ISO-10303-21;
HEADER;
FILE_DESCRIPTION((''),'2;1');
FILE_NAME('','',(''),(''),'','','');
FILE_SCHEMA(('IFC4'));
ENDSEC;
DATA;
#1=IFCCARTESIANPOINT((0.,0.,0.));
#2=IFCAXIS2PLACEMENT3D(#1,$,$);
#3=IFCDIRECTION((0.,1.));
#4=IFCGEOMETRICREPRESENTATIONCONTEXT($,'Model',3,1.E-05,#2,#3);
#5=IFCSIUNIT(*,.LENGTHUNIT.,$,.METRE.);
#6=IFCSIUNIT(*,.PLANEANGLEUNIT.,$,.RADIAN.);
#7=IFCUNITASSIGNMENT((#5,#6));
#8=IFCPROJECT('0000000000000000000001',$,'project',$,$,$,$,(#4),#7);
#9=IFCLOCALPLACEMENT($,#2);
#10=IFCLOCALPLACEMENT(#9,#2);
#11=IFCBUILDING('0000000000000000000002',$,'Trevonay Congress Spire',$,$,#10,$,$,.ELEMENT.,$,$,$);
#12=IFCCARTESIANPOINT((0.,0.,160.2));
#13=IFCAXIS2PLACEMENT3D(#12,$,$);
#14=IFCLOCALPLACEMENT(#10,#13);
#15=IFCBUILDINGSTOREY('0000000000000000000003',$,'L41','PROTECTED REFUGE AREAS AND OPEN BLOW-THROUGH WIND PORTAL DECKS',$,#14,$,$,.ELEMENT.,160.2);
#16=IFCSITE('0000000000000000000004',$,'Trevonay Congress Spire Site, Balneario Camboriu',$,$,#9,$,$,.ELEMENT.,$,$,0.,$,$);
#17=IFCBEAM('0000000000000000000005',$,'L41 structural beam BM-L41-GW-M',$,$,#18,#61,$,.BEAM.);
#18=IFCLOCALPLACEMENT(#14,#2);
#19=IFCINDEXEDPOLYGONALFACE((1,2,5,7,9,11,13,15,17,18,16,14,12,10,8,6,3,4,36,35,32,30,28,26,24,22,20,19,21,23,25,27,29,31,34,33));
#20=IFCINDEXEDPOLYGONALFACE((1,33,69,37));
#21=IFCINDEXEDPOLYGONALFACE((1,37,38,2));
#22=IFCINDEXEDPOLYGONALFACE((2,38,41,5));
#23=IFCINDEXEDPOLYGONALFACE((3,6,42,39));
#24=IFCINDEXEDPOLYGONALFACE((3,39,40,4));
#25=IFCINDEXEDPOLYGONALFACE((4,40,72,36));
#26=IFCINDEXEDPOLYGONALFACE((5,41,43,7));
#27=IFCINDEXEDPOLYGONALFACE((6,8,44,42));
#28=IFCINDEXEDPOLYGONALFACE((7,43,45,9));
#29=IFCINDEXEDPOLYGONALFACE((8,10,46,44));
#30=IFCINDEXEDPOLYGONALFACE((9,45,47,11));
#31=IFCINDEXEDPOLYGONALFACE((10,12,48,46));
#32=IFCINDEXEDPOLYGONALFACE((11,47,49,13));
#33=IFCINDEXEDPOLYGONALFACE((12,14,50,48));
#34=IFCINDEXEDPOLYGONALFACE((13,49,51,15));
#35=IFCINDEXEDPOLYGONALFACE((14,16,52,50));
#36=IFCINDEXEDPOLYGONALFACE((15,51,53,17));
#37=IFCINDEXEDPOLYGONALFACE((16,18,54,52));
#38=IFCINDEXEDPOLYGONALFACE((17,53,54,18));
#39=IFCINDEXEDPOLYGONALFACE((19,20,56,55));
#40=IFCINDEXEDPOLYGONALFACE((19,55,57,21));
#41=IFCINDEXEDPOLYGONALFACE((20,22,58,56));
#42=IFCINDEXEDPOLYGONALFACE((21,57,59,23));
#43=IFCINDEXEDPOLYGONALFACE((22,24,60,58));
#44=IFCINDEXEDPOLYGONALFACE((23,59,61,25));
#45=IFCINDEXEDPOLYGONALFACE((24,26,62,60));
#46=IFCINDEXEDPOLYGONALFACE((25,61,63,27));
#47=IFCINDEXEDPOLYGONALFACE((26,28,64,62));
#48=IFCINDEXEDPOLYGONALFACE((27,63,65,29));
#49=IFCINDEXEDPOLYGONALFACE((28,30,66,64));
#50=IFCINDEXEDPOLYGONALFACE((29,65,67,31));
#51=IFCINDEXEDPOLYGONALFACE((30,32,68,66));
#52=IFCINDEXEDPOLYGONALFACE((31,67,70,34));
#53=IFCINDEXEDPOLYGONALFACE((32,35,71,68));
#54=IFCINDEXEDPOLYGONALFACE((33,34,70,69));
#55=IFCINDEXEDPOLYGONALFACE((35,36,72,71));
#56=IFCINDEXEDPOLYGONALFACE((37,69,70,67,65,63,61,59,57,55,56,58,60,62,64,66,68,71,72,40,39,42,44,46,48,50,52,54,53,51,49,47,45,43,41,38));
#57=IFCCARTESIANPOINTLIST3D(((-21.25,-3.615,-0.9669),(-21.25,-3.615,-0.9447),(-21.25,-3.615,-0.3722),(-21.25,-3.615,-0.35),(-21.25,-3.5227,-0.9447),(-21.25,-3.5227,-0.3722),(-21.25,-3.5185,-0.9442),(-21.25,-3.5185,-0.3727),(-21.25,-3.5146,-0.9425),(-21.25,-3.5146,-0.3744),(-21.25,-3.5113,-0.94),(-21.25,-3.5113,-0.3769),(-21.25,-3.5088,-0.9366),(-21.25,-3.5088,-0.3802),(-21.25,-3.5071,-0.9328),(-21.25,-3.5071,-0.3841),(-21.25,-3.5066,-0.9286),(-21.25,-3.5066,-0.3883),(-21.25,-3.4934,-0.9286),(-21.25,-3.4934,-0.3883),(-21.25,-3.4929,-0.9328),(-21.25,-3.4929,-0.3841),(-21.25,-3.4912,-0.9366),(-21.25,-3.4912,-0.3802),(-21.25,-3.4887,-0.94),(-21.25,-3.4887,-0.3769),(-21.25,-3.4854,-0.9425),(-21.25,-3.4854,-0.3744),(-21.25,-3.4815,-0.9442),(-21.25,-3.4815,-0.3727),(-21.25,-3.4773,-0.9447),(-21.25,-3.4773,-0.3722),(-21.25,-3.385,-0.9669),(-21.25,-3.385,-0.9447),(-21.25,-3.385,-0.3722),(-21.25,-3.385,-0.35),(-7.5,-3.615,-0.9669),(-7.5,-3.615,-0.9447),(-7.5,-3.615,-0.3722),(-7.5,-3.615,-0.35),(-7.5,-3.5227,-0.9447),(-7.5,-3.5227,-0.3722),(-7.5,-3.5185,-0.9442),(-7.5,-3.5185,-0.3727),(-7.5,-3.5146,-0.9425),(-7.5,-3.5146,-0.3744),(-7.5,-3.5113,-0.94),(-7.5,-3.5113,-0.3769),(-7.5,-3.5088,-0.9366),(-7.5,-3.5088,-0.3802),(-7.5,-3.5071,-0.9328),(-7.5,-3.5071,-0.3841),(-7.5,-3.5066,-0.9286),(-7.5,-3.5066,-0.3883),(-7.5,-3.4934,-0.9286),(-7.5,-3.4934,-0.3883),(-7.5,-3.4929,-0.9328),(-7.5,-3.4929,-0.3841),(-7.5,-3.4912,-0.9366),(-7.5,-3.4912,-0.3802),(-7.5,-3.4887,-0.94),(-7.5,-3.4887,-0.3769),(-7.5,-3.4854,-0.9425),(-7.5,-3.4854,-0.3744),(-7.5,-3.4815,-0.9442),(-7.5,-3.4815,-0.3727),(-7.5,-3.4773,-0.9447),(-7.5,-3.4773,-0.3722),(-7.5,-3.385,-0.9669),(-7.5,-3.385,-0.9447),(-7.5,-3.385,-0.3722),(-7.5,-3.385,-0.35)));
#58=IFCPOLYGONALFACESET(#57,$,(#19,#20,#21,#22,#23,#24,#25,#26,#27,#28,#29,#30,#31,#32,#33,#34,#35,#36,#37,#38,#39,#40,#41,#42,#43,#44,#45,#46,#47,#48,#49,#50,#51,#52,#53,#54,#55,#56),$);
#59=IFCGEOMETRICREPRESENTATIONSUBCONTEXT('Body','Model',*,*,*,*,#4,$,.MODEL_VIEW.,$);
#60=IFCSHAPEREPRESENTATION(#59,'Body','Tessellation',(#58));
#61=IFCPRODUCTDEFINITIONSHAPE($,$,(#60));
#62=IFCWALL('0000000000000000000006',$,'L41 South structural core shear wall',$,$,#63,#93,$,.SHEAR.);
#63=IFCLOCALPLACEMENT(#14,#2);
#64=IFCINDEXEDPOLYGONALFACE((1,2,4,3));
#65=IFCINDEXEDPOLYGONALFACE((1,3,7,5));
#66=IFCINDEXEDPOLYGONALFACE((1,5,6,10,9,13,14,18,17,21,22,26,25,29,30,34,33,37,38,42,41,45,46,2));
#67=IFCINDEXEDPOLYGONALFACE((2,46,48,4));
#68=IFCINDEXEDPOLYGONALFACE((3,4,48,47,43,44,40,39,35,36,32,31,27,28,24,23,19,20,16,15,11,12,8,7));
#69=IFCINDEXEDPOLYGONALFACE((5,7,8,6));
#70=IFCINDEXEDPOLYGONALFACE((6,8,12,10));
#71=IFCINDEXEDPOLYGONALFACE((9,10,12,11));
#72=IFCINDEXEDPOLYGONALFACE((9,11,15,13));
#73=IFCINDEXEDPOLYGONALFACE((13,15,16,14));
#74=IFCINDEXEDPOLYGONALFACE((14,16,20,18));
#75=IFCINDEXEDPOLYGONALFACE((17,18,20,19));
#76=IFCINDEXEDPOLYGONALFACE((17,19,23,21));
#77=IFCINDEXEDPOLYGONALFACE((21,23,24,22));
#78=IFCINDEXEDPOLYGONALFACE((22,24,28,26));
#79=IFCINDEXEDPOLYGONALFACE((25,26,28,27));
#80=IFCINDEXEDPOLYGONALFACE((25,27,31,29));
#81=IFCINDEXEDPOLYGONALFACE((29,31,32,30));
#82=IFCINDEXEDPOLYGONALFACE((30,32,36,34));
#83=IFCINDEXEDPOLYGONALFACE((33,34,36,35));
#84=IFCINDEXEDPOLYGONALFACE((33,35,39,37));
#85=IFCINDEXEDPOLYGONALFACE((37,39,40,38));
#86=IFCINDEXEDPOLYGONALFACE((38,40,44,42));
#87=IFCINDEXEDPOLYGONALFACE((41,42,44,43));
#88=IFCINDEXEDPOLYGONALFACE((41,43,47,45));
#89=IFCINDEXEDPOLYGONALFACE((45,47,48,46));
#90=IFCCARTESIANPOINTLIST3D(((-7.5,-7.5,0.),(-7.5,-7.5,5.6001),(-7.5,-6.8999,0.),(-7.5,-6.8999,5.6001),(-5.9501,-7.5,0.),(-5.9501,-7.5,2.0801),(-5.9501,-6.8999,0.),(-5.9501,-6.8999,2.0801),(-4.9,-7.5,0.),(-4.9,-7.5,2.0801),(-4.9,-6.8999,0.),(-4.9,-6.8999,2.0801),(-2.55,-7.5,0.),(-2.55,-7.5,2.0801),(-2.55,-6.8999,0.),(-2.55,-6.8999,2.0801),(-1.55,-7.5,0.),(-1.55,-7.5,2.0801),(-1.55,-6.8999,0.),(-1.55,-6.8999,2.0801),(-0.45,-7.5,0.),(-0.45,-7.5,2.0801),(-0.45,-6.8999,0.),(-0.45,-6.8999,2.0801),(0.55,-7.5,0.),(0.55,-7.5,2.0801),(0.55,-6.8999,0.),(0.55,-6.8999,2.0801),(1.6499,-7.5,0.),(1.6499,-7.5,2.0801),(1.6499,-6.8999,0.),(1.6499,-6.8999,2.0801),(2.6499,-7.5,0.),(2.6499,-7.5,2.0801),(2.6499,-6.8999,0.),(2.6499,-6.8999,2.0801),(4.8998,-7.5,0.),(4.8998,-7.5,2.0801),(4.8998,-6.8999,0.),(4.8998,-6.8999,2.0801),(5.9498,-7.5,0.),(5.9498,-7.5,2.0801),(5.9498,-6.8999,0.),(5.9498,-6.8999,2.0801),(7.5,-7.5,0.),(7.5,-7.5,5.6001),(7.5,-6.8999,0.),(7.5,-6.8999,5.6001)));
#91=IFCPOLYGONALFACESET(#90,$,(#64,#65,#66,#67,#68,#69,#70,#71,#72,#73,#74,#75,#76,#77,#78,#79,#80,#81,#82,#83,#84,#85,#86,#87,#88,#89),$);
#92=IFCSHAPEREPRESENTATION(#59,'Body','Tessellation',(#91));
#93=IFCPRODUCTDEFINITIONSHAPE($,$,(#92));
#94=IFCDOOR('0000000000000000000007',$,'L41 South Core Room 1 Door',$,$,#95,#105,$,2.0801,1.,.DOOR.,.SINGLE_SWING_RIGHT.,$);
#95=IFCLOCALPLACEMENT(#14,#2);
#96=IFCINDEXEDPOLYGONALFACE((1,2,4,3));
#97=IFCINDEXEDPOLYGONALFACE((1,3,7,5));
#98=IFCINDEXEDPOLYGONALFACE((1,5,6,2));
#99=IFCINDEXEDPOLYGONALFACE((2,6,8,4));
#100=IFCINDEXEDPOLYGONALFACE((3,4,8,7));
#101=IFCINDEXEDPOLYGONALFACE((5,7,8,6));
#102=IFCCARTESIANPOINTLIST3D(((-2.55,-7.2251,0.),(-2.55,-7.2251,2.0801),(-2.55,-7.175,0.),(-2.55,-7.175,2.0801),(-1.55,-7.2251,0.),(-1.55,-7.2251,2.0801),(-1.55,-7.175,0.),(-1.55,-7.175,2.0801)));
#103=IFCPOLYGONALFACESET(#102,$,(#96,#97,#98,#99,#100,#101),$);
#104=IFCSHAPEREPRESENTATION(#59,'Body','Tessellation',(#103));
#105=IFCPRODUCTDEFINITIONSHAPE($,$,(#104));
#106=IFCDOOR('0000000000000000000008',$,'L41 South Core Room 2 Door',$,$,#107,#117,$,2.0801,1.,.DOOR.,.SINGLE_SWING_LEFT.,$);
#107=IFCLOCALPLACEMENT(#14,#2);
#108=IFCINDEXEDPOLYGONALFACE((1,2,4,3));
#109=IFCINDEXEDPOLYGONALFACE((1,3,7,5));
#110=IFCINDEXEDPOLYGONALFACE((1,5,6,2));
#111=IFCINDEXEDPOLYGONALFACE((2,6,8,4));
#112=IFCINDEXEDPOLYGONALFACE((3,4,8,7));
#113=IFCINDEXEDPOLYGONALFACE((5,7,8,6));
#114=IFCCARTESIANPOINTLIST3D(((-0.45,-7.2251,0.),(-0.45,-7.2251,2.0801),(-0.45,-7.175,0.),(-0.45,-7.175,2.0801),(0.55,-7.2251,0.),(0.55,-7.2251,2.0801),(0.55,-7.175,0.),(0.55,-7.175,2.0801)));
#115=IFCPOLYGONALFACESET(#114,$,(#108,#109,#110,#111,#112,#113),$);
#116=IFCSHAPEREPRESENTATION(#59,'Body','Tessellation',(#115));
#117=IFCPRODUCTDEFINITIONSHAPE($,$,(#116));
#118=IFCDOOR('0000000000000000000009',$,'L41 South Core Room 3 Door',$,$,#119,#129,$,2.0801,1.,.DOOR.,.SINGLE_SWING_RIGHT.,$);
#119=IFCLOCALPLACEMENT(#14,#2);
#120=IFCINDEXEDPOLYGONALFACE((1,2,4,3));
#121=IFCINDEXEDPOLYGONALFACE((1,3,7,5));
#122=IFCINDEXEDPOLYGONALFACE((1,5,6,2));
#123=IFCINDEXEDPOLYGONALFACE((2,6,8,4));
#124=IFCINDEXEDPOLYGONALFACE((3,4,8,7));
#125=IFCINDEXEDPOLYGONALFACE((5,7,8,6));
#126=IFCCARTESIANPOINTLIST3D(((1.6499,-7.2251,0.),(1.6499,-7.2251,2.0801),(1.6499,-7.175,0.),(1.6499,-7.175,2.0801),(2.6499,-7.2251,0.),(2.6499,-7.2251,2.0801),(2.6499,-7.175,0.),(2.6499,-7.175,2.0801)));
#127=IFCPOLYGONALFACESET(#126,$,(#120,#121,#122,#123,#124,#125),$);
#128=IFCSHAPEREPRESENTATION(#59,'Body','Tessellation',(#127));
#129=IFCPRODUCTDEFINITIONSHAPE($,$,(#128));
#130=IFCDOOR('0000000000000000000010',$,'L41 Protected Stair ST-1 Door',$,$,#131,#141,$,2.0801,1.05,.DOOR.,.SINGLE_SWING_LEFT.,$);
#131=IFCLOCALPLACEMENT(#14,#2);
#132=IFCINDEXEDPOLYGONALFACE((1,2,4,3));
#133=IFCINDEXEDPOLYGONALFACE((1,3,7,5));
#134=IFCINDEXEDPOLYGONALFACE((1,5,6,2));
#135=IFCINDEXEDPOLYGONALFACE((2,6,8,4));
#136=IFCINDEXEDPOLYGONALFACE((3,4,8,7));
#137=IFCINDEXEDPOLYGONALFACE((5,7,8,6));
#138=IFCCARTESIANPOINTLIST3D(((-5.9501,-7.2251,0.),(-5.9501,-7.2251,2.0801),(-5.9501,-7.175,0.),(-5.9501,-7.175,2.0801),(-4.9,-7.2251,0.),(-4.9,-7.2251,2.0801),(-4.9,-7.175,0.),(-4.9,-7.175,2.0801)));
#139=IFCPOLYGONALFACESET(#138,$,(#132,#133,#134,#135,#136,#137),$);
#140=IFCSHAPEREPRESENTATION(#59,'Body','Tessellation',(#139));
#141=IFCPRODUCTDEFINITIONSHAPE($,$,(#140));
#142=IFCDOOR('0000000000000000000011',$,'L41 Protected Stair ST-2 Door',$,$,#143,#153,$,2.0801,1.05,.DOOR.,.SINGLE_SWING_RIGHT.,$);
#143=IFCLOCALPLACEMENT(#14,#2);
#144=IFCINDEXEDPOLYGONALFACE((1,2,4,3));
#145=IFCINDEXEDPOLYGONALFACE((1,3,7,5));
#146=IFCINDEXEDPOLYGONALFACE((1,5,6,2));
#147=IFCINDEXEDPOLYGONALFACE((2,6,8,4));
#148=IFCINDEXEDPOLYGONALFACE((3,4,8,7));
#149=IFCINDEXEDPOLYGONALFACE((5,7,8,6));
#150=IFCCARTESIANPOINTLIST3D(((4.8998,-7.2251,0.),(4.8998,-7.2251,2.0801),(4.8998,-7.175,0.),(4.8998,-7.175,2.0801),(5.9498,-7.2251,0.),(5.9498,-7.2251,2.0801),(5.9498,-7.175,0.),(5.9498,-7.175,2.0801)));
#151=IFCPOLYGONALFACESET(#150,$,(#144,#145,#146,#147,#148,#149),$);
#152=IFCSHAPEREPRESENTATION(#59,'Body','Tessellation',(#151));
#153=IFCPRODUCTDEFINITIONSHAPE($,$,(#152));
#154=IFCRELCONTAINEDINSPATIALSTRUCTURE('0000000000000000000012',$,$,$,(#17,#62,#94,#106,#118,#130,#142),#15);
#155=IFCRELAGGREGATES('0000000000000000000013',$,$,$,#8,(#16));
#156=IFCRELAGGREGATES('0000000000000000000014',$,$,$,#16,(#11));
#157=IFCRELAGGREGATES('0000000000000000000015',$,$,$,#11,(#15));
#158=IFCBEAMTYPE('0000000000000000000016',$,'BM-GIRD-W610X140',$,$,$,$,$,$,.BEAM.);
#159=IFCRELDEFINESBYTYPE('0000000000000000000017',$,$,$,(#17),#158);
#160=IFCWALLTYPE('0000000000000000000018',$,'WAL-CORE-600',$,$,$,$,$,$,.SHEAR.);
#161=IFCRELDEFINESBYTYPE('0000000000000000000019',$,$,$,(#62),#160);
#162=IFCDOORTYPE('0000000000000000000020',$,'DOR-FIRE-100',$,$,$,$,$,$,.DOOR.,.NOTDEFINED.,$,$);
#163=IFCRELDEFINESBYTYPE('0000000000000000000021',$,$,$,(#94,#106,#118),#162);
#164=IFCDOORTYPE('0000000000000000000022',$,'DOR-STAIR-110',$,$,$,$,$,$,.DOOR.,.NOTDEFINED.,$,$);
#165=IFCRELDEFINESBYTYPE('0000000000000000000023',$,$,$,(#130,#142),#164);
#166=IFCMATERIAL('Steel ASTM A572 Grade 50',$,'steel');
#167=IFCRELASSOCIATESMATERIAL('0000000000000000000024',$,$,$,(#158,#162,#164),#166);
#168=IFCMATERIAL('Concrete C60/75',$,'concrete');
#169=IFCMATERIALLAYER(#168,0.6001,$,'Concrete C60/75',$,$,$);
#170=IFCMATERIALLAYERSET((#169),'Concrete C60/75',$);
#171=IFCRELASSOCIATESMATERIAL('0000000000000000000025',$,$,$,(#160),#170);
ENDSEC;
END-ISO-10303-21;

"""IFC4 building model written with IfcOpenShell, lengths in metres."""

from ifc_helpers import new_model, si_unit, direction, frame, frame_2d, origin, origin_2d, place, context, subcontext, project, spatial, rectangle, i_section, extrude, material, layer, layer_set, material_profile, profile_set, type_object, element, fill, save


model = new_model("IFC4")

# Units and contexts
model_context = context("Model", 3, precision=1e-05, world=origin(), true_north=direction((0.0, 1.0)))
body_context = subcontext(model_context, "Body", "Model", "MODEL_VIEW")
ifc_project = project(units=[si_unit("LENGTHUNIT", "METRE"), si_unit("PLANEANGLEUNIT", "RADIAN")], contexts=[model_context])

# Site, building, storey
site_placement = place(None, origin())
site = spatial("IfcSite", under=ifc_project, at=site_placement, Name="Trevonay Congress Spire Site, Balneario Camboriu", CompositionType="ELEMENT", RefElevation=0.0)
building_placement = place(site_placement, origin())
building = spatial("IfcBuilding", under=site, at=building_placement, Name="Trevonay Congress Spire", CompositionType="ELEMENT")
storey_placement = place(building_placement, frame((0.0, 0.0, 160.2)))
storey = spatial("IfcBuildingStorey", under=building, at=storey_placement, Name="L41", Description="PROTECTED REFUGE AREAS AND OPEN BLOW-THROUGH WIND PORTAL DECKS", CompositionType="ELEMENT", Elevation=160.2)

# Shared definitions
ifc_material_1 = material(Name="Steel ASTM A572 Grade 50", Category="steel")

# Beam
ifc_material_profile_1 = material_profile(ifc_material_1, i_section(OverallWidth=0.23, OverallDepth=0.6169, WebThickness=0.0132, FlangeThickness=0.0222, FilletRadius=0.0161, at=origin_2d()), Name="W610x140")
ifc_profile_set_1 = profile_set([ifc_material_profile_1], Name="Steel ASTM A572 Grade 50")
beam_type_1 = type_object("IfcBeamType", Name="BM-GIRD-W610X140", PredefinedType="BEAM", material=ifc_profile_set_1)
for number, where, z_axis, x_axis, name in (
    (1, (-7.5, -3.5, -0.6584), (-1.0, 0.0, 0.0), (0.0, -1.0, 0.0), "L41 structural beam BM-L41-GW-M"),
):
    element("IfcBeam", number, at=place(storey_placement, frame(where, z_axis=z_axis, x_axis=x_axis)), inside=storey, type_object=beam_type_1, Name=name, PredefinedType="BEAM", context=body_context, shape_type="SweptSolid", body=[
        extrude(i_section(OverallWidth=0.23, OverallDepth=0.6169, WebThickness=0.0132, FlangeThickness=0.0222, FilletRadius=0.0161, at=origin_2d()), origin(), (0.0, 0.0, 1.0), 13.75),
    ])

# Wall, openings, doors
ifc_material_2 = material(Name="Concrete C60/75", Category="concrete")
ifc_layer_1 = layer(ifc_material_2, 0.6001, Name="Concrete C60/75")
ifc_layer_set_1 = layer_set([ifc_layer_1], Name="Concrete C60/75")
wall_type_1 = type_object("IfcWallType", Name="WAL-CORE-600", PredefinedType="SHEAR", material=ifc_layer_set_1)
wall_1_placement = place(storey_placement, frame((-7.5, -7.2, 0.0), z_axis=(0.0, 0.0, 1.0), x_axis=(1.0, 0.0, 0.0)))
wall_1 = element("IfcWall", 2, at=wall_1_placement, inside=storey, type_object=wall_type_1, Name="L41 South structural core shear wall", PredefinedType="SHEAR", context=body_context, shape_type="SweptSolid", body=[
    extrude(rectangle(XDim=15.0, YDim=0.6001, at=frame_2d((7.5, 0.0))), origin(), (0.0, 0.0, 1.0), 5.6001),
])
opening_1_placement = place(wall_1_placement, frame((1.55, 0.0, 0.0)))
opening_1 = element("IfcOpeningElement", 3, at=opening_1_placement, cuts=wall_1, PredefinedType="OPENING", context=body_context, shape_type="SweptSolid", body=[
    extrude(rectangle(XDim=1.05, YDim=2.0801, at=frame_2d((0.5249, 1.04))), frame((0.0, 0.3101, 0.0), z_axis=(0.0, -1.0, 0.0), x_axis=(1.0, 0.0, 0.0)), (0.0, 0.0, 1.0), 0.6201),
])
opening_2_placement = place(wall_1_placement, frame((12.3999, 0.0, 0.0)))
opening_2 = element("IfcOpeningElement", 4, at=opening_2_placement, cuts=wall_1, PredefinedType="OPENING", context=body_context, shape_type="SweptSolid", body=[
    extrude(rectangle(XDim=1.05, YDim=2.0801, at=frame_2d((0.5249, 1.04))), frame((0.0, 0.3101, 0.0), z_axis=(0.0, -1.0, 0.0), x_axis=(1.0, 0.0, 0.0)), (0.0, 0.0, 1.0), 0.6201),
])
opening_3_placement = place(wall_1_placement, frame((4.95, 0.0, 0.0)))
opening_3 = element("IfcOpeningElement", 5, at=opening_3_placement, cuts=wall_1, PredefinedType="OPENING", context=body_context, shape_type="SweptSolid", body=[
    extrude(rectangle(XDim=1.0, YDim=2.0801, at=frame_2d((0.5, 1.04))), frame((0.0, 0.3101, 0.0), z_axis=(0.0, -1.0, 0.0), x_axis=(1.0, 0.0, 0.0)), (0.0, 0.0, 1.0), 0.6201),
])
opening_4_placement = place(wall_1_placement, frame((7.05, 0.0, 0.0)))
opening_4 = element("IfcOpeningElement", 6, at=opening_4_placement, cuts=wall_1, PredefinedType="OPENING", context=body_context, shape_type="SweptSolid", body=[
    extrude(rectangle(XDim=1.0, YDim=2.0801, at=frame_2d((0.5, 1.04))), frame((0.0, 0.3101, 0.0), z_axis=(0.0, -1.0, 0.0), x_axis=(1.0, 0.0, 0.0)), (0.0, 0.0, 1.0), 0.6201),
])
opening_5_placement = place(wall_1_placement, frame((9.1499, 0.0, 0.0)))
opening_5 = element("IfcOpeningElement", 7, at=opening_5_placement, cuts=wall_1, PredefinedType="OPENING", context=body_context, shape_type="SweptSolid", body=[
    extrude(rectangle(XDim=1.0, YDim=2.0801, at=frame_2d((0.5, 1.04))), frame((0.0, 0.3101, 0.0), z_axis=(0.0, -1.0, 0.0), x_axis=(1.0, 0.0, 0.0)), (0.0, 0.0, 1.0), 0.6201),
])
door_type_1 = type_object("IfcDoorType", Name="DOR-FIRE-100", OperationType="NOTDEFINED", PredefinedType="DOOR", material=ifc_material_1)
door_1_placement = place(opening_3_placement, origin())
door_1 = element("IfcDoor", 8, at=door_1_placement, inside=storey, type_object=door_type_1, Name="L41 South Core Room 1 Door", OperationType="SINGLE_SWING_RIGHT", OverallHeight=2.0801, OverallWidth=1.0, PredefinedType="DOOR", context=body_context, shape_type="SweptSolid", body=[
    extrude(rectangle(XDim=1.0, YDim=2.0801, at=frame_2d((0.5, 1.04))), frame((0.0, 0.0249, 0.0), z_axis=(0.0, -1.0, 0.0), x_axis=(1.0, 0.0, 0.0)), (0.0, 0.0, 1.0), 0.05),
])
fill(opening_3, door_1)
door_2_placement = place(opening_4_placement, origin())
door_2 = element("IfcDoor", 9, at=door_2_placement, inside=storey, type_object=door_type_1, Name="L41 South Core Room 2 Door", OperationType="SINGLE_SWING_LEFT", OverallHeight=2.0801, OverallWidth=1.0, PredefinedType="DOOR", context=body_context, shape_type="SweptSolid", body=[
    extrude(rectangle(XDim=1.0, YDim=2.0801, at=frame_2d((0.5, 1.04))), frame((0.0, 0.0249, 0.0), z_axis=(0.0, -1.0, 0.0), x_axis=(1.0, 0.0, 0.0)), (0.0, 0.0, 1.0), 0.05),
])
fill(opening_4, door_2)
door_3_placement = place(opening_5_placement, origin())
door_3 = element("IfcDoor", 10, at=door_3_placement, inside=storey, type_object=door_type_1, Name="L41 South Core Room 3 Door", OperationType="SINGLE_SWING_RIGHT", OverallHeight=2.0801, OverallWidth=1.0, PredefinedType="DOOR", context=body_context, shape_type="SweptSolid", body=[
    extrude(rectangle(XDim=1.0, YDim=2.0801, at=frame_2d((0.5, 1.04))), frame((0.0, 0.0249, 0.0), z_axis=(0.0, -1.0, 0.0), x_axis=(1.0, 0.0, 0.0)), (0.0, 0.0, 1.0), 0.05),
])
fill(opening_5, door_3)
door_type_2 = type_object("IfcDoorType", Name="DOR-STAIR-110", OperationType="NOTDEFINED", PredefinedType="DOOR", material=ifc_material_1)
door_4_placement = place(opening_1_placement, origin())
door_4 = element("IfcDoor", 11, at=door_4_placement, inside=storey, type_object=door_type_2, Name="L41 Protected Stair ST-1 Door", OperationType="SINGLE_SWING_LEFT", OverallHeight=2.0801, OverallWidth=1.05, PredefinedType="DOOR", context=body_context, shape_type="SweptSolid", body=[
    extrude(rectangle(XDim=1.05, YDim=2.0801, at=frame_2d((0.5249, 1.04))), frame((0.0, 0.0249, 0.0), z_axis=(0.0, -1.0, 0.0), x_axis=(1.0, 0.0, 0.0)), (0.0, 0.0, 1.0), 0.05),
])
fill(opening_1, door_4)
door_5_placement = place(opening_2_placement, origin())
door_5 = element("IfcDoor", 12, at=door_5_placement, inside=storey, type_object=door_type_2, Name="L41 Protected Stair ST-2 Door", OperationType="SINGLE_SWING_RIGHT", OverallHeight=2.0801, OverallWidth=1.05, PredefinedType="DOOR", context=body_context, shape_type="SweptSolid", body=[
    extrude(rectangle(XDim=1.05, YDim=2.0801, at=frame_2d((0.5249, 1.04))), frame((0.0, 0.0249, 0.0), z_axis=(0.0, -1.0, 0.0), x_axis=(1.0, 0.0, 0.0)), (0.0, 0.0, 1.0), 0.05),
])
fill(opening_2, door_5)

save(model, "model.ifc")
